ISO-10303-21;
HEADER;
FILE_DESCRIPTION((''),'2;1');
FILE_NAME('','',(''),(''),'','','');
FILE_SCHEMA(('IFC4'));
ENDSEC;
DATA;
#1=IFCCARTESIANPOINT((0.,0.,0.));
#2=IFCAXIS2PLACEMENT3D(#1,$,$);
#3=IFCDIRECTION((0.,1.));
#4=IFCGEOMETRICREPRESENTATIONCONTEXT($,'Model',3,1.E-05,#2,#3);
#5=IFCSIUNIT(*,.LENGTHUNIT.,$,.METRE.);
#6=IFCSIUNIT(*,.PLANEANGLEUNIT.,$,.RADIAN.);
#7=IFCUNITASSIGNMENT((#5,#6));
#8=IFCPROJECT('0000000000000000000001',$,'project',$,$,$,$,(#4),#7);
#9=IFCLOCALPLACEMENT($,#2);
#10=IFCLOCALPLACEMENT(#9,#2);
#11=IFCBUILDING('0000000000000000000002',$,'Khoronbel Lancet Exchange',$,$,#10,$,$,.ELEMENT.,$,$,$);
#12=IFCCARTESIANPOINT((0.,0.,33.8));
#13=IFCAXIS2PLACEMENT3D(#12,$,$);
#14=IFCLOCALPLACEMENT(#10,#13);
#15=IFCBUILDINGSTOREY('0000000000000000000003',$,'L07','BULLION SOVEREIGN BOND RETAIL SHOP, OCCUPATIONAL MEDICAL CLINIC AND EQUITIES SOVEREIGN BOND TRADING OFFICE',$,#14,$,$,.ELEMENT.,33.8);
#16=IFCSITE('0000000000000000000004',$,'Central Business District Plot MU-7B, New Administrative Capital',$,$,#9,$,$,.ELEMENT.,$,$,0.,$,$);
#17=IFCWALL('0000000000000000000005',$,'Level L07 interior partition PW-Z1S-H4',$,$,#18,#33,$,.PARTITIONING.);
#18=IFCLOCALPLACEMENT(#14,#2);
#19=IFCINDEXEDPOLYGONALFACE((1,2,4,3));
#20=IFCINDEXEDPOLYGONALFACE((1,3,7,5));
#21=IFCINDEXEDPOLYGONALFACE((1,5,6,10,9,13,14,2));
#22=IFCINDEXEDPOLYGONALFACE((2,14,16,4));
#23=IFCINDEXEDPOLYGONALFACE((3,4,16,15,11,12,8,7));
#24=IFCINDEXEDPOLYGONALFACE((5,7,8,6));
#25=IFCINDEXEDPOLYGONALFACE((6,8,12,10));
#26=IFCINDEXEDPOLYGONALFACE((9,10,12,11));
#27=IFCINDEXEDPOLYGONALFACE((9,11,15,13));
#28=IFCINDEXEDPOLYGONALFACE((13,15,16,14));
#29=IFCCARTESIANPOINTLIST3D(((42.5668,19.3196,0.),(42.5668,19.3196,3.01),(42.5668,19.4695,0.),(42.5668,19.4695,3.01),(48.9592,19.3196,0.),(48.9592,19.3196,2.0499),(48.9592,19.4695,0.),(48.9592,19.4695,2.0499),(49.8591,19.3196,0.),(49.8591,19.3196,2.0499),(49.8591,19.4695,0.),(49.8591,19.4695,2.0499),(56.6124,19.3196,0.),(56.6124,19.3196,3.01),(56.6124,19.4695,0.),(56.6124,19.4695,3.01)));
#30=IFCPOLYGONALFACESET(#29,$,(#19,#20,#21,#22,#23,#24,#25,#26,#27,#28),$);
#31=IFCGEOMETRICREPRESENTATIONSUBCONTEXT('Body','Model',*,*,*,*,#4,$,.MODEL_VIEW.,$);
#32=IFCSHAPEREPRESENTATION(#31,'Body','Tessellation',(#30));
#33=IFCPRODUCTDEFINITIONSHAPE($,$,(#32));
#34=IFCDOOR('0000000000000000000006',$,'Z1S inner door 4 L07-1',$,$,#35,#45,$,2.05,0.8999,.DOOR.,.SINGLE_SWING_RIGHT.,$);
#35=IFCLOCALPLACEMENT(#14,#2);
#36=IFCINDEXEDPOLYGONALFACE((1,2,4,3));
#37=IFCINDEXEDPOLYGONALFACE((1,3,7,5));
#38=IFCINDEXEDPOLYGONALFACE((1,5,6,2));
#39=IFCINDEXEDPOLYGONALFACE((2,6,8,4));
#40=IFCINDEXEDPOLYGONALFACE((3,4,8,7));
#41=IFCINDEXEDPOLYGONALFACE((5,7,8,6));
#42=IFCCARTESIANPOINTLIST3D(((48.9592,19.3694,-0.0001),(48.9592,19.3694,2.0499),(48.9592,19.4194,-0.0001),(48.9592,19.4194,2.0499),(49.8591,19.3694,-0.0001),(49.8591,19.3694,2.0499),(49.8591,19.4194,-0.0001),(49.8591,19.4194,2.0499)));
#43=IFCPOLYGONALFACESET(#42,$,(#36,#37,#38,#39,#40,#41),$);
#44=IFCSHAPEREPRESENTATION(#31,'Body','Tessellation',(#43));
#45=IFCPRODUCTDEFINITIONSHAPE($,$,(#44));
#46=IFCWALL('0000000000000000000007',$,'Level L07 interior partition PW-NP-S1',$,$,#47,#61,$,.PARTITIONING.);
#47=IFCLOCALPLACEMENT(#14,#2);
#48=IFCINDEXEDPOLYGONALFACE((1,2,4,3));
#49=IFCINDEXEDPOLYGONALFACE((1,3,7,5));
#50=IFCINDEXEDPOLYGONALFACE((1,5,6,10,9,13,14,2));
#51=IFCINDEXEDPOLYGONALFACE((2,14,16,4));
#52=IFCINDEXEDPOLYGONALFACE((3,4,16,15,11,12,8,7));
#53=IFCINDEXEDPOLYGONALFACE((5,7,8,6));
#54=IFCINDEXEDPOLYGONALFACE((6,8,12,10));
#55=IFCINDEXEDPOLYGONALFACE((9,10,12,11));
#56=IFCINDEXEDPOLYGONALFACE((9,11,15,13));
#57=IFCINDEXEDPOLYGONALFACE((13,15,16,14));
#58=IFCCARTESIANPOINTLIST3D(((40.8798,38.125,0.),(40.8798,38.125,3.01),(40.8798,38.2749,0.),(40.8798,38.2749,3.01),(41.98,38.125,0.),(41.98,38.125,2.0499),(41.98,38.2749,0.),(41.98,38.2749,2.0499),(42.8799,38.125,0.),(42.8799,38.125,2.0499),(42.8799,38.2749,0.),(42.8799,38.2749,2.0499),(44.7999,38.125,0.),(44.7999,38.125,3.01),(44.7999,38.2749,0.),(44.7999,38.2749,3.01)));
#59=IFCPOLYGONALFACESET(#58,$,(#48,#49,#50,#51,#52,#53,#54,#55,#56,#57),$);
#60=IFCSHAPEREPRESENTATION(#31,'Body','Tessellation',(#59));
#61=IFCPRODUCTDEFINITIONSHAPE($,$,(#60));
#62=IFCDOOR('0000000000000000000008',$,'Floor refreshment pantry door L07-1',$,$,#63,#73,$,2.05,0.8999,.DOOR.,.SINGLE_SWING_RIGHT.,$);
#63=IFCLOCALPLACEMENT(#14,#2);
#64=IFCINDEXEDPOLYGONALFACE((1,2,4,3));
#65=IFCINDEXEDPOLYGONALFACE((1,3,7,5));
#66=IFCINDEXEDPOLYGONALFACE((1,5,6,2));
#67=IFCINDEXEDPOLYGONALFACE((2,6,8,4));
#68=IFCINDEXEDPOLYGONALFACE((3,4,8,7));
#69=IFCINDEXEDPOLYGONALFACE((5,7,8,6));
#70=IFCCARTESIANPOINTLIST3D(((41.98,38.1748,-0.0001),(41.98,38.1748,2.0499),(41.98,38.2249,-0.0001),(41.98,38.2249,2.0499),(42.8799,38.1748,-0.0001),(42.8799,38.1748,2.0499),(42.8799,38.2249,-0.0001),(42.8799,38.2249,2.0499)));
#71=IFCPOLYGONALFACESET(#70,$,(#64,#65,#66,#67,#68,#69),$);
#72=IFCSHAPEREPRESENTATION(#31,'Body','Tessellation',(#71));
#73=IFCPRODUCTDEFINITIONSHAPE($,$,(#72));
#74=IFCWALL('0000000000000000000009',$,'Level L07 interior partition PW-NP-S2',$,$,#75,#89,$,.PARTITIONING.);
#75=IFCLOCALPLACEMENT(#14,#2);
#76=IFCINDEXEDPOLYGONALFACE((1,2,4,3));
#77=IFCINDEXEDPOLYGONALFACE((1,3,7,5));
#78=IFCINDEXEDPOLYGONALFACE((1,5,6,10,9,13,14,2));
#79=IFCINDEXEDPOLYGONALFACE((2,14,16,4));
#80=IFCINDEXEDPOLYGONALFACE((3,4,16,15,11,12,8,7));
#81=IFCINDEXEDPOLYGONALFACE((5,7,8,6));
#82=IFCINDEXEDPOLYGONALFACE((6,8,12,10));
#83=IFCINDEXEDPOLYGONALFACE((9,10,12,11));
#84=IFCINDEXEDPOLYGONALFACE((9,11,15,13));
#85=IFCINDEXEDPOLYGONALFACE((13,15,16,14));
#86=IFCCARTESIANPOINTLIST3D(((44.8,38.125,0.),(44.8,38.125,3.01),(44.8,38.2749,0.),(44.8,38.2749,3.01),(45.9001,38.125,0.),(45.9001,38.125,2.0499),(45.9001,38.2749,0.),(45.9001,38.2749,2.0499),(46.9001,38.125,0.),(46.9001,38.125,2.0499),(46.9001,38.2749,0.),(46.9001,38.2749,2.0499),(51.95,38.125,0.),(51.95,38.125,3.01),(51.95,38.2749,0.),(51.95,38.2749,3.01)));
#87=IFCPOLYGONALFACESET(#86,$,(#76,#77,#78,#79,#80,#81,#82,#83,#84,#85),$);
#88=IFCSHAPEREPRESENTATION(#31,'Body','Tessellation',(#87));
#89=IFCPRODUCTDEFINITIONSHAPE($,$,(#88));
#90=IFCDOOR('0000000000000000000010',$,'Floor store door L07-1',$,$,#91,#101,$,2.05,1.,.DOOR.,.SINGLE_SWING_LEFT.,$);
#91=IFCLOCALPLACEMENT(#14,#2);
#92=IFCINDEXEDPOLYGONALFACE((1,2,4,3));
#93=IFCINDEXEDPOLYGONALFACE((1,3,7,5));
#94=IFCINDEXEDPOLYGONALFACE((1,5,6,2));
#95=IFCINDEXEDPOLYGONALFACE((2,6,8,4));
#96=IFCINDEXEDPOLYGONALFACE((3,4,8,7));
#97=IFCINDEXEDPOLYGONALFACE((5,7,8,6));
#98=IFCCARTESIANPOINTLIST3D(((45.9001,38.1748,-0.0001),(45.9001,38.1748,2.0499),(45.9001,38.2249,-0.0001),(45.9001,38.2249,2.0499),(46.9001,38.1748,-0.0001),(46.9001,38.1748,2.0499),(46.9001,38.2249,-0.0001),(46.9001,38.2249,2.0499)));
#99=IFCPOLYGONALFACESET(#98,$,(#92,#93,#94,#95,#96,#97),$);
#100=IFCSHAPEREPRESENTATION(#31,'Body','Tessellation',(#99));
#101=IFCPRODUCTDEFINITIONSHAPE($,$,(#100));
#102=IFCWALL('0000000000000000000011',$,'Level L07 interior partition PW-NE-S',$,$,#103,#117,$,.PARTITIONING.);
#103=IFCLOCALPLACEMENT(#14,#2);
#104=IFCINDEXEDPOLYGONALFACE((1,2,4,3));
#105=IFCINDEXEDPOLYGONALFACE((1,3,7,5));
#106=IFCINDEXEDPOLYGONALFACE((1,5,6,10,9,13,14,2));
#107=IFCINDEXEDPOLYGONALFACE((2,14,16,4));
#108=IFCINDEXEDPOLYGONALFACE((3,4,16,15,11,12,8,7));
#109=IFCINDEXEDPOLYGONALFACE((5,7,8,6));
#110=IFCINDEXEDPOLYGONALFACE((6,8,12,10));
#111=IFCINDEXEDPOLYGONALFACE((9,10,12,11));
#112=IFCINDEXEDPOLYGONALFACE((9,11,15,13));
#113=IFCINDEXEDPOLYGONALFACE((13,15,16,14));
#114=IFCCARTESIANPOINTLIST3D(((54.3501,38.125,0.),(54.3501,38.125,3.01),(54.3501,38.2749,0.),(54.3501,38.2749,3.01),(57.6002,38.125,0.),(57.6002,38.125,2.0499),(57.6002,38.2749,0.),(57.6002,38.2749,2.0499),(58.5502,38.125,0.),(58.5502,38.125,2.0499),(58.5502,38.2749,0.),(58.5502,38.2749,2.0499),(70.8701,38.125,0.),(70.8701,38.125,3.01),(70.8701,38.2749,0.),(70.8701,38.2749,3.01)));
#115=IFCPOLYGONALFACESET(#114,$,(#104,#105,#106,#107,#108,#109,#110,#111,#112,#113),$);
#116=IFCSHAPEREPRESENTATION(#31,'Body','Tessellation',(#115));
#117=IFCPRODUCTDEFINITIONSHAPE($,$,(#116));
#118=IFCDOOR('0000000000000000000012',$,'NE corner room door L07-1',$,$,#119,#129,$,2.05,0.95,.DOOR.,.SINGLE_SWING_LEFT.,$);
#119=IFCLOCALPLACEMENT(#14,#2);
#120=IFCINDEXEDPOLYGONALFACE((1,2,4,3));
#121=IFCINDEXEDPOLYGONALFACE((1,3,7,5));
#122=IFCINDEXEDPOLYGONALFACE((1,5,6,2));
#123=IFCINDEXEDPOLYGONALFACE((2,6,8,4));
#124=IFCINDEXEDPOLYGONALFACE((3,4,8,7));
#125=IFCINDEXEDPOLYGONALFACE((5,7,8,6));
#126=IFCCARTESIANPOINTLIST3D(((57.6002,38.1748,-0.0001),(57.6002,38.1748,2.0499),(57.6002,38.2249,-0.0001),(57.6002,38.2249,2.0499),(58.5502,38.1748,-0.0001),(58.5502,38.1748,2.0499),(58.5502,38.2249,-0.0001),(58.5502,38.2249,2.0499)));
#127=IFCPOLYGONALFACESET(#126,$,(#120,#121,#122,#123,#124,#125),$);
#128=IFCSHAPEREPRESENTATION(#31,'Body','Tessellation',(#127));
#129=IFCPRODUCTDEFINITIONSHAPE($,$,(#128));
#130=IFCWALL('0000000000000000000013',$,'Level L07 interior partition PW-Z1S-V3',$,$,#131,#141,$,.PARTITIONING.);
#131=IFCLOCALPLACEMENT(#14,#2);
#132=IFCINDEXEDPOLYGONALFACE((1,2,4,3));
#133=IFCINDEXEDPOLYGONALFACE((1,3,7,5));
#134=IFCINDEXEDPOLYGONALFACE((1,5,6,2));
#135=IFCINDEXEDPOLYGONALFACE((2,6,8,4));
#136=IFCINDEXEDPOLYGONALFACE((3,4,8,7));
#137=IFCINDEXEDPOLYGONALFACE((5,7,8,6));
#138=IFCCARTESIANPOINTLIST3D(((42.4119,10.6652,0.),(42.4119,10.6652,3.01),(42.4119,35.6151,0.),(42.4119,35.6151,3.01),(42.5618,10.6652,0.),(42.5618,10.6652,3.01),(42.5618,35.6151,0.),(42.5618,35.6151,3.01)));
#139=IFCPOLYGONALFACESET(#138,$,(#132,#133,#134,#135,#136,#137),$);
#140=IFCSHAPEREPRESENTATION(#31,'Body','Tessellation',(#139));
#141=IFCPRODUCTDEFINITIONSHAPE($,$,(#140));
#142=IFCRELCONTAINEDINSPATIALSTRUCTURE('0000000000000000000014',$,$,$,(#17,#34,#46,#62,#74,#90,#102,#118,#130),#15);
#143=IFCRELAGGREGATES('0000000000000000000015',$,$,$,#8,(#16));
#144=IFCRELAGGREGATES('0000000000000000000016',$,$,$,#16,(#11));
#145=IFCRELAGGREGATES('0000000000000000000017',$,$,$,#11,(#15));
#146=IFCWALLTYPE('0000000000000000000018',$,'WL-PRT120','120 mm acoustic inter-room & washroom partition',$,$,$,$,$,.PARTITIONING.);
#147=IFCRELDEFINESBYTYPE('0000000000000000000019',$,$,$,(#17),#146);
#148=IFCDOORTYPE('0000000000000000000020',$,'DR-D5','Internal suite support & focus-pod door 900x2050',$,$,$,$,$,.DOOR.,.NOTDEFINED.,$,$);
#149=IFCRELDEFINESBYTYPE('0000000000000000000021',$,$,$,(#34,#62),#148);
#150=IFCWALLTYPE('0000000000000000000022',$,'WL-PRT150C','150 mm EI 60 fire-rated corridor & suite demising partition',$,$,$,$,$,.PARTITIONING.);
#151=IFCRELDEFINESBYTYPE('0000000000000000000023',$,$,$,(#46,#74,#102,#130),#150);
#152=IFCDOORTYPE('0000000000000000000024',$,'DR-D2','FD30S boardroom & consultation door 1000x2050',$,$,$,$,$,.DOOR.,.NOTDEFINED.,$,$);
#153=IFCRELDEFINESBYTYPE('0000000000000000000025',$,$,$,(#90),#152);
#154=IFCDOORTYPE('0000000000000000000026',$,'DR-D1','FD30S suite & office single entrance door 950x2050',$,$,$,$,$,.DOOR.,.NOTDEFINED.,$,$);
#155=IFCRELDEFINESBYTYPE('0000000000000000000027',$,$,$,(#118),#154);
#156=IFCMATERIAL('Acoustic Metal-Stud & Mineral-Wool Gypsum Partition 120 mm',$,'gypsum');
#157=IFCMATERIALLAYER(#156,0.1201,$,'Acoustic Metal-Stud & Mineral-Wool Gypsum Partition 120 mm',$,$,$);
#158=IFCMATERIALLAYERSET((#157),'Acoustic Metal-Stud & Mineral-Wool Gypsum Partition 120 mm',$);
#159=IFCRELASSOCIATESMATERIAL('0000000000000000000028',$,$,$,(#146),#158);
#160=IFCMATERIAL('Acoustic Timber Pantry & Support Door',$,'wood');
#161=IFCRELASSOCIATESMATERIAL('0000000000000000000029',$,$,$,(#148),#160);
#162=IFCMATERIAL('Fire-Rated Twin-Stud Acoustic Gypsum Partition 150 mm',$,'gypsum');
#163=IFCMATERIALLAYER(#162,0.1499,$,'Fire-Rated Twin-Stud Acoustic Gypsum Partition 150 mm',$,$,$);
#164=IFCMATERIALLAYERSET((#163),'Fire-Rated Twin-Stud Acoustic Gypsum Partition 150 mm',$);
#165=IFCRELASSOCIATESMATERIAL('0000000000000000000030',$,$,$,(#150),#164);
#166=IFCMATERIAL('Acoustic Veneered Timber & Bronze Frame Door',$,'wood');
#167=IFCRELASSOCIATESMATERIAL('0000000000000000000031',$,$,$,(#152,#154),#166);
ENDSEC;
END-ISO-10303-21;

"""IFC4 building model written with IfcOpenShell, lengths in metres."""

from ifc_helpers import new_model, si_unit, direction, frame, frame_2d, origin, place, context, subcontext, project, spatial, rectangle, extrude, material, layer, layer_set, type_object, element, fill, save


model = new_model("IFC4")

# Units and contexts
model_context = context("Model", 3, precision=1e-05, world=origin(), true_north=direction((0.0, 1.0)))
body_context = subcontext(model_context, "Body", "Model", "MODEL_VIEW")
ifc_project = project(units=[si_unit("LENGTHUNIT", "METRE"), si_unit("PLANEANGLEUNIT", "RADIAN")], contexts=[model_context])

# Site, building, storey
site_placement = place(None, origin())
site = spatial("IfcSite", under=ifc_project, at=site_placement, Name="Central Business District Plot MU-7B, New Administrative Capital", CompositionType="ELEMENT", RefElevation=0.0)
building_placement = place(site_placement, origin())
building = spatial("IfcBuilding", under=site, at=building_placement, Name="Khoronbel Lancet Exchange", CompositionType="ELEMENT")
storey_placement = place(building_placement, frame((0.0, 0.0, 33.8)))
storey = spatial("IfcBuildingStorey", under=building, at=storey_placement, Name="L07", Description="BULLION SOVEREIGN BOND RETAIL SHOP, OCCUPATIONAL MEDICAL CLINIC AND EQUITIES SOVEREIGN BOND TRADING OFFICE", CompositionType="ELEMENT", Elevation=33.8)

# Walls, openings, doors
ifc_material_1 = material(Name="Acoustic Metal-Stud & Mineral-Wool Gypsum Partition 120 mm", Category="gypsum")
ifc_layer_1 = layer(ifc_material_1, 0.1201, Name="Acoustic Metal-Stud & Mineral-Wool Gypsum Partition 120 mm")
ifc_layer_set_1 = layer_set([ifc_layer_1], Name="Acoustic Metal-Stud & Mineral-Wool Gypsum Partition 120 mm")
wall_type_1 = type_object("IfcWallType", Name="WL-PRT120", Description="120 mm acoustic inter-room & washroom partition", PredefinedType="PARTITIONING", material=ifc_layer_set_1)
wall_1_placement = place(storey_placement, frame((42.5667, 19.3945, 0.0), z_axis=(0.0, 0.0, 1.0), x_axis=(1.0, 0.0, 0.0)))
wall_1 = element("IfcWall", 1, at=wall_1_placement, inside=storey, type_object=wall_type_1, Name="Level L07 interior partition PW-Z1S-H4", PredefinedType="PARTITIONING", context=body_context, shape_type="SweptSolid", body=[
    extrude(rectangle(XDim=14.0457, YDim=0.1499, at=frame_2d((7.0229, 0.0))), origin(), (0.0, 0.0, 1.0), 3.01),
])
opening_1_placement = place(wall_1_placement, frame((6.3926, 0.0, 0.0)))
opening_1 = element("IfcOpeningElement", 2, at=opening_1_placement, cuts=wall_1, PredefinedType="OPENING", context=body_context, shape_type="SweptSolid", body=[
    extrude(rectangle(XDim=0.8999, YDim=2.05, at=frame_2d((0.45, 1.0249))), frame((0.0, 0.085, 0.0), z_axis=(0.0, -1.0, 0.0), x_axis=(1.0, 0.0, 0.0)), (0.0, 0.0, 1.0), 0.1699),
])
ifc_material_2 = material(Name="Acoustic Timber Pantry & Support Door", Category="wood")
door_type_1 = type_object("IfcDoorType", Name="DR-D5", Description="Internal suite support & focus-pod door 900x2050", OperationType="NOTDEFINED", PredefinedType="DOOR", material=ifc_material_2)
door_1_placement = place(opening_1_placement, origin())
door_1 = element("IfcDoor", 3, at=door_1_placement, inside=storey, type_object=door_type_1, Name="Z1S inner door 4 L07-1", OperationType="SINGLE_SWING_RIGHT", OverallHeight=2.05, OverallWidth=0.8999, PredefinedType="DOOR", context=body_context, shape_type="SweptSolid", body=[
    extrude(rectangle(XDim=0.8999, YDim=2.05, at=frame_2d((0.45, 1.0249))), frame((0.0, 0.0249, 0.0), z_axis=(0.0, -1.0, 0.0), x_axis=(1.0, 0.0, 0.0)), (0.0, 0.0, 1.0), 0.05),
])
fill(opening_1, door_1)
ifc_material_3 = material(Name="Fire-Rated Twin-Stud Acoustic Gypsum Partition 150 mm", Category="gypsum")
ifc_layer_2 = layer(ifc_material_3, 0.1499, Name="Fire-Rated Twin-Stud Acoustic Gypsum Partition 150 mm")
ifc_layer_set_2 = layer_set([ifc_layer_2], Name="Fire-Rated Twin-Stud Acoustic Gypsum Partition 150 mm")
wall_type_2 = type_object("IfcWallType", Name="WL-PRT150C", Description="150 mm EI 60 fire-rated corridor & suite demising partition", PredefinedType="PARTITIONING", material=ifc_layer_set_2)
wall_2_placement = place(storey_placement, frame((40.8799, 38.2, 0.0), z_axis=(0.0, 0.0, 1.0), x_axis=(1.0, 0.0, 0.0)))
wall_2 = element("IfcWall", 4, at=wall_2_placement, inside=storey, type_object=wall_type_2, Name="Level L07 interior partition PW-NP-S1", PredefinedType="PARTITIONING", context=body_context, shape_type="SweptSolid", body=[
    extrude(rectangle(XDim=3.9202, YDim=0.1499, at=frame_2d((1.96, 0.0))), origin(), (0.0, 0.0, 1.0), 3.01),
])
opening_2_placement = place(wall_2_placement, frame((1.1001, 0.0, 0.0)))
opening_2 = element("IfcOpeningElement", 5, at=opening_2_placement, cuts=wall_2, PredefinedType="OPENING", context=body_context, shape_type="SweptSolid", body=[
    extrude(rectangle(XDim=0.8999, YDim=2.05, at=frame_2d((0.45, 1.0249))), frame((0.0, 0.085, 0.0), z_axis=(0.0, -1.0, 0.0), x_axis=(1.0, 0.0, 0.0)), (0.0, 0.0, 1.0), 0.1699),
])
door_2_placement = place(opening_2_placement, origin())
door_2 = element("IfcDoor", 6, at=door_2_placement, inside=storey, type_object=door_type_1, Name="Floor refreshment pantry door L07-1", OperationType="SINGLE_SWING_RIGHT", OverallHeight=2.05, OverallWidth=0.8999, PredefinedType="DOOR", context=body_context, shape_type="SweptSolid", body=[
    extrude(rectangle(XDim=0.8999, YDim=2.05, at=frame_2d((0.45, 1.0249))), frame((0.0, 0.0249, 0.0), z_axis=(0.0, -1.0, 0.0), x_axis=(1.0, 0.0, 0.0)), (0.0, 0.0, 1.0), 0.05),
])
fill(opening_2, door_2)
wall_3_placement = place(storey_placement, frame((44.8, 38.2, 0.0), z_axis=(0.0, 0.0, 1.0), x_axis=(1.0, 0.0, 0.0)))
wall_3 = element("IfcWall", 7, at=wall_3_placement, inside=storey, type_object=wall_type_2, Name="Level L07 interior partition PW-NP-S2", PredefinedType="PARTITIONING", context=body_context, shape_type="SweptSolid", body=[
    extrude(rectangle(XDim=7.1499, YDim=0.1499, at=frame_2d((3.575, 0.0))), origin(), (0.0, 0.0, 1.0), 3.01),
])
opening_3_placement = place(wall_3_placement, frame((1.1001, 0.0, 0.0)))
opening_3 = element("IfcOpeningElement", 8, at=opening_3_placement, cuts=wall_3, PredefinedType="OPENING", context=body_context, shape_type="SweptSolid", body=[
    extrude(rectangle(XDim=1.0, YDim=2.05, at=frame_2d((0.5, 1.0249))), frame((0.0, 0.085, 0.0), z_axis=(0.0, -1.0, 0.0), x_axis=(1.0, 0.0, 0.0)), (0.0, 0.0, 1.0), 0.1699),
])
ifc_material_4 = material(Name="Acoustic Veneered Timber & Bronze Frame Door", Category="wood")
door_type_2 = type_object("IfcDoorType", Name="DR-D2", Description="FD30S boardroom & consultation door 1000x2050", OperationType="NOTDEFINED", PredefinedType="DOOR", material=ifc_material_4)
door_3_placement = place(opening_3_placement, origin())
door_3 = element("IfcDoor", 9, at=door_3_placement, inside=storey, type_object=door_type_2, Name="Floor store door L07-1", OperationType="SINGLE_SWING_LEFT", OverallHeight=2.05, OverallWidth=1.0, PredefinedType="DOOR", context=body_context, shape_type="SweptSolid", body=[
    extrude(rectangle(XDim=1.0, YDim=2.05, at=frame_2d((0.5, 1.0249))), frame((0.0, 0.0249, 0.0), z_axis=(0.0, -1.0, 0.0), x_axis=(1.0, 0.0, 0.0)), (0.0, 0.0, 1.0), 0.05),
])
fill(opening_3, door_3)
wall_4_placement = place(storey_placement, frame((54.3501, 38.2, 0.0), z_axis=(0.0, 0.0, 1.0), x_axis=(1.0, 0.0, 0.0)))
wall_4 = element("IfcWall", 10, at=wall_4_placement, inside=storey, type_object=wall_type_2, Name="Level L07 interior partition PW-NE-S", PredefinedType="PARTITIONING", context=body_context, shape_type="SweptSolid", body=[
    extrude(rectangle(XDim=16.52, YDim=0.1499, at=frame_2d((8.26, 0.0))), origin(), (0.0, 0.0, 1.0), 3.01),
])
opening_4_placement = place(wall_4_placement, frame((3.25, 0.0, 0.0)))
opening_4 = element("IfcOpeningElement", 11, at=opening_4_placement, cuts=wall_4, PredefinedType="OPENING", context=body_context, shape_type="SweptSolid", body=[
    extrude(rectangle(XDim=0.95, YDim=2.05, at=frame_2d((0.4751, 1.0249))), frame((0.0, 0.085, 0.0), z_axis=(0.0, -1.0, 0.0), x_axis=(1.0, 0.0, 0.0)), (0.0, 0.0, 1.0), 0.1699),
])
door_type_3 = type_object("IfcDoorType", Name="DR-D1", Description="FD30S suite & office single entrance door 950x2050", OperationType="NOTDEFINED", PredefinedType="DOOR", material=ifc_material_4)
door_4_placement = place(opening_4_placement, origin())
door_4 = element("IfcDoor", 12, at=door_4_placement, inside=storey, type_object=door_type_3, Name="NE corner room door L07-1", OperationType="SINGLE_SWING_LEFT", OverallHeight=2.05, OverallWidth=0.95, PredefinedType="DOOR", context=body_context, shape_type="SweptSolid", body=[
    extrude(rectangle(XDim=0.95, YDim=2.05, at=frame_2d((0.4751, 1.0249))), frame((0.0, 0.0249, 0.0), z_axis=(0.0, -1.0, 0.0), x_axis=(1.0, 0.0, 0.0)), (0.0, 0.0, 1.0), 0.05),
])
fill(opening_4, door_4)

# Wall
wall_5_placement = place(storey_placement, frame((42.4868, 10.665, 0.0), z_axis=(0.0, 0.0, 1.0), x_axis=(0.0, 1.0, 0.0)))
element("IfcWall", 13, at=wall_5_placement, inside=storey, type_object=wall_type_2, Name="Level L07 interior partition PW-Z1S-V3", PredefinedType="PARTITIONING", context=body_context, shape_type="SweptSolid", body=[
    extrude(rectangle(XDim=24.95, YDim=0.1499, at=frame_2d((12.4751, 0.0))), origin(), (0.0, 0.0, 1.0), 3.01),
])

save(model, "model.ifc")
